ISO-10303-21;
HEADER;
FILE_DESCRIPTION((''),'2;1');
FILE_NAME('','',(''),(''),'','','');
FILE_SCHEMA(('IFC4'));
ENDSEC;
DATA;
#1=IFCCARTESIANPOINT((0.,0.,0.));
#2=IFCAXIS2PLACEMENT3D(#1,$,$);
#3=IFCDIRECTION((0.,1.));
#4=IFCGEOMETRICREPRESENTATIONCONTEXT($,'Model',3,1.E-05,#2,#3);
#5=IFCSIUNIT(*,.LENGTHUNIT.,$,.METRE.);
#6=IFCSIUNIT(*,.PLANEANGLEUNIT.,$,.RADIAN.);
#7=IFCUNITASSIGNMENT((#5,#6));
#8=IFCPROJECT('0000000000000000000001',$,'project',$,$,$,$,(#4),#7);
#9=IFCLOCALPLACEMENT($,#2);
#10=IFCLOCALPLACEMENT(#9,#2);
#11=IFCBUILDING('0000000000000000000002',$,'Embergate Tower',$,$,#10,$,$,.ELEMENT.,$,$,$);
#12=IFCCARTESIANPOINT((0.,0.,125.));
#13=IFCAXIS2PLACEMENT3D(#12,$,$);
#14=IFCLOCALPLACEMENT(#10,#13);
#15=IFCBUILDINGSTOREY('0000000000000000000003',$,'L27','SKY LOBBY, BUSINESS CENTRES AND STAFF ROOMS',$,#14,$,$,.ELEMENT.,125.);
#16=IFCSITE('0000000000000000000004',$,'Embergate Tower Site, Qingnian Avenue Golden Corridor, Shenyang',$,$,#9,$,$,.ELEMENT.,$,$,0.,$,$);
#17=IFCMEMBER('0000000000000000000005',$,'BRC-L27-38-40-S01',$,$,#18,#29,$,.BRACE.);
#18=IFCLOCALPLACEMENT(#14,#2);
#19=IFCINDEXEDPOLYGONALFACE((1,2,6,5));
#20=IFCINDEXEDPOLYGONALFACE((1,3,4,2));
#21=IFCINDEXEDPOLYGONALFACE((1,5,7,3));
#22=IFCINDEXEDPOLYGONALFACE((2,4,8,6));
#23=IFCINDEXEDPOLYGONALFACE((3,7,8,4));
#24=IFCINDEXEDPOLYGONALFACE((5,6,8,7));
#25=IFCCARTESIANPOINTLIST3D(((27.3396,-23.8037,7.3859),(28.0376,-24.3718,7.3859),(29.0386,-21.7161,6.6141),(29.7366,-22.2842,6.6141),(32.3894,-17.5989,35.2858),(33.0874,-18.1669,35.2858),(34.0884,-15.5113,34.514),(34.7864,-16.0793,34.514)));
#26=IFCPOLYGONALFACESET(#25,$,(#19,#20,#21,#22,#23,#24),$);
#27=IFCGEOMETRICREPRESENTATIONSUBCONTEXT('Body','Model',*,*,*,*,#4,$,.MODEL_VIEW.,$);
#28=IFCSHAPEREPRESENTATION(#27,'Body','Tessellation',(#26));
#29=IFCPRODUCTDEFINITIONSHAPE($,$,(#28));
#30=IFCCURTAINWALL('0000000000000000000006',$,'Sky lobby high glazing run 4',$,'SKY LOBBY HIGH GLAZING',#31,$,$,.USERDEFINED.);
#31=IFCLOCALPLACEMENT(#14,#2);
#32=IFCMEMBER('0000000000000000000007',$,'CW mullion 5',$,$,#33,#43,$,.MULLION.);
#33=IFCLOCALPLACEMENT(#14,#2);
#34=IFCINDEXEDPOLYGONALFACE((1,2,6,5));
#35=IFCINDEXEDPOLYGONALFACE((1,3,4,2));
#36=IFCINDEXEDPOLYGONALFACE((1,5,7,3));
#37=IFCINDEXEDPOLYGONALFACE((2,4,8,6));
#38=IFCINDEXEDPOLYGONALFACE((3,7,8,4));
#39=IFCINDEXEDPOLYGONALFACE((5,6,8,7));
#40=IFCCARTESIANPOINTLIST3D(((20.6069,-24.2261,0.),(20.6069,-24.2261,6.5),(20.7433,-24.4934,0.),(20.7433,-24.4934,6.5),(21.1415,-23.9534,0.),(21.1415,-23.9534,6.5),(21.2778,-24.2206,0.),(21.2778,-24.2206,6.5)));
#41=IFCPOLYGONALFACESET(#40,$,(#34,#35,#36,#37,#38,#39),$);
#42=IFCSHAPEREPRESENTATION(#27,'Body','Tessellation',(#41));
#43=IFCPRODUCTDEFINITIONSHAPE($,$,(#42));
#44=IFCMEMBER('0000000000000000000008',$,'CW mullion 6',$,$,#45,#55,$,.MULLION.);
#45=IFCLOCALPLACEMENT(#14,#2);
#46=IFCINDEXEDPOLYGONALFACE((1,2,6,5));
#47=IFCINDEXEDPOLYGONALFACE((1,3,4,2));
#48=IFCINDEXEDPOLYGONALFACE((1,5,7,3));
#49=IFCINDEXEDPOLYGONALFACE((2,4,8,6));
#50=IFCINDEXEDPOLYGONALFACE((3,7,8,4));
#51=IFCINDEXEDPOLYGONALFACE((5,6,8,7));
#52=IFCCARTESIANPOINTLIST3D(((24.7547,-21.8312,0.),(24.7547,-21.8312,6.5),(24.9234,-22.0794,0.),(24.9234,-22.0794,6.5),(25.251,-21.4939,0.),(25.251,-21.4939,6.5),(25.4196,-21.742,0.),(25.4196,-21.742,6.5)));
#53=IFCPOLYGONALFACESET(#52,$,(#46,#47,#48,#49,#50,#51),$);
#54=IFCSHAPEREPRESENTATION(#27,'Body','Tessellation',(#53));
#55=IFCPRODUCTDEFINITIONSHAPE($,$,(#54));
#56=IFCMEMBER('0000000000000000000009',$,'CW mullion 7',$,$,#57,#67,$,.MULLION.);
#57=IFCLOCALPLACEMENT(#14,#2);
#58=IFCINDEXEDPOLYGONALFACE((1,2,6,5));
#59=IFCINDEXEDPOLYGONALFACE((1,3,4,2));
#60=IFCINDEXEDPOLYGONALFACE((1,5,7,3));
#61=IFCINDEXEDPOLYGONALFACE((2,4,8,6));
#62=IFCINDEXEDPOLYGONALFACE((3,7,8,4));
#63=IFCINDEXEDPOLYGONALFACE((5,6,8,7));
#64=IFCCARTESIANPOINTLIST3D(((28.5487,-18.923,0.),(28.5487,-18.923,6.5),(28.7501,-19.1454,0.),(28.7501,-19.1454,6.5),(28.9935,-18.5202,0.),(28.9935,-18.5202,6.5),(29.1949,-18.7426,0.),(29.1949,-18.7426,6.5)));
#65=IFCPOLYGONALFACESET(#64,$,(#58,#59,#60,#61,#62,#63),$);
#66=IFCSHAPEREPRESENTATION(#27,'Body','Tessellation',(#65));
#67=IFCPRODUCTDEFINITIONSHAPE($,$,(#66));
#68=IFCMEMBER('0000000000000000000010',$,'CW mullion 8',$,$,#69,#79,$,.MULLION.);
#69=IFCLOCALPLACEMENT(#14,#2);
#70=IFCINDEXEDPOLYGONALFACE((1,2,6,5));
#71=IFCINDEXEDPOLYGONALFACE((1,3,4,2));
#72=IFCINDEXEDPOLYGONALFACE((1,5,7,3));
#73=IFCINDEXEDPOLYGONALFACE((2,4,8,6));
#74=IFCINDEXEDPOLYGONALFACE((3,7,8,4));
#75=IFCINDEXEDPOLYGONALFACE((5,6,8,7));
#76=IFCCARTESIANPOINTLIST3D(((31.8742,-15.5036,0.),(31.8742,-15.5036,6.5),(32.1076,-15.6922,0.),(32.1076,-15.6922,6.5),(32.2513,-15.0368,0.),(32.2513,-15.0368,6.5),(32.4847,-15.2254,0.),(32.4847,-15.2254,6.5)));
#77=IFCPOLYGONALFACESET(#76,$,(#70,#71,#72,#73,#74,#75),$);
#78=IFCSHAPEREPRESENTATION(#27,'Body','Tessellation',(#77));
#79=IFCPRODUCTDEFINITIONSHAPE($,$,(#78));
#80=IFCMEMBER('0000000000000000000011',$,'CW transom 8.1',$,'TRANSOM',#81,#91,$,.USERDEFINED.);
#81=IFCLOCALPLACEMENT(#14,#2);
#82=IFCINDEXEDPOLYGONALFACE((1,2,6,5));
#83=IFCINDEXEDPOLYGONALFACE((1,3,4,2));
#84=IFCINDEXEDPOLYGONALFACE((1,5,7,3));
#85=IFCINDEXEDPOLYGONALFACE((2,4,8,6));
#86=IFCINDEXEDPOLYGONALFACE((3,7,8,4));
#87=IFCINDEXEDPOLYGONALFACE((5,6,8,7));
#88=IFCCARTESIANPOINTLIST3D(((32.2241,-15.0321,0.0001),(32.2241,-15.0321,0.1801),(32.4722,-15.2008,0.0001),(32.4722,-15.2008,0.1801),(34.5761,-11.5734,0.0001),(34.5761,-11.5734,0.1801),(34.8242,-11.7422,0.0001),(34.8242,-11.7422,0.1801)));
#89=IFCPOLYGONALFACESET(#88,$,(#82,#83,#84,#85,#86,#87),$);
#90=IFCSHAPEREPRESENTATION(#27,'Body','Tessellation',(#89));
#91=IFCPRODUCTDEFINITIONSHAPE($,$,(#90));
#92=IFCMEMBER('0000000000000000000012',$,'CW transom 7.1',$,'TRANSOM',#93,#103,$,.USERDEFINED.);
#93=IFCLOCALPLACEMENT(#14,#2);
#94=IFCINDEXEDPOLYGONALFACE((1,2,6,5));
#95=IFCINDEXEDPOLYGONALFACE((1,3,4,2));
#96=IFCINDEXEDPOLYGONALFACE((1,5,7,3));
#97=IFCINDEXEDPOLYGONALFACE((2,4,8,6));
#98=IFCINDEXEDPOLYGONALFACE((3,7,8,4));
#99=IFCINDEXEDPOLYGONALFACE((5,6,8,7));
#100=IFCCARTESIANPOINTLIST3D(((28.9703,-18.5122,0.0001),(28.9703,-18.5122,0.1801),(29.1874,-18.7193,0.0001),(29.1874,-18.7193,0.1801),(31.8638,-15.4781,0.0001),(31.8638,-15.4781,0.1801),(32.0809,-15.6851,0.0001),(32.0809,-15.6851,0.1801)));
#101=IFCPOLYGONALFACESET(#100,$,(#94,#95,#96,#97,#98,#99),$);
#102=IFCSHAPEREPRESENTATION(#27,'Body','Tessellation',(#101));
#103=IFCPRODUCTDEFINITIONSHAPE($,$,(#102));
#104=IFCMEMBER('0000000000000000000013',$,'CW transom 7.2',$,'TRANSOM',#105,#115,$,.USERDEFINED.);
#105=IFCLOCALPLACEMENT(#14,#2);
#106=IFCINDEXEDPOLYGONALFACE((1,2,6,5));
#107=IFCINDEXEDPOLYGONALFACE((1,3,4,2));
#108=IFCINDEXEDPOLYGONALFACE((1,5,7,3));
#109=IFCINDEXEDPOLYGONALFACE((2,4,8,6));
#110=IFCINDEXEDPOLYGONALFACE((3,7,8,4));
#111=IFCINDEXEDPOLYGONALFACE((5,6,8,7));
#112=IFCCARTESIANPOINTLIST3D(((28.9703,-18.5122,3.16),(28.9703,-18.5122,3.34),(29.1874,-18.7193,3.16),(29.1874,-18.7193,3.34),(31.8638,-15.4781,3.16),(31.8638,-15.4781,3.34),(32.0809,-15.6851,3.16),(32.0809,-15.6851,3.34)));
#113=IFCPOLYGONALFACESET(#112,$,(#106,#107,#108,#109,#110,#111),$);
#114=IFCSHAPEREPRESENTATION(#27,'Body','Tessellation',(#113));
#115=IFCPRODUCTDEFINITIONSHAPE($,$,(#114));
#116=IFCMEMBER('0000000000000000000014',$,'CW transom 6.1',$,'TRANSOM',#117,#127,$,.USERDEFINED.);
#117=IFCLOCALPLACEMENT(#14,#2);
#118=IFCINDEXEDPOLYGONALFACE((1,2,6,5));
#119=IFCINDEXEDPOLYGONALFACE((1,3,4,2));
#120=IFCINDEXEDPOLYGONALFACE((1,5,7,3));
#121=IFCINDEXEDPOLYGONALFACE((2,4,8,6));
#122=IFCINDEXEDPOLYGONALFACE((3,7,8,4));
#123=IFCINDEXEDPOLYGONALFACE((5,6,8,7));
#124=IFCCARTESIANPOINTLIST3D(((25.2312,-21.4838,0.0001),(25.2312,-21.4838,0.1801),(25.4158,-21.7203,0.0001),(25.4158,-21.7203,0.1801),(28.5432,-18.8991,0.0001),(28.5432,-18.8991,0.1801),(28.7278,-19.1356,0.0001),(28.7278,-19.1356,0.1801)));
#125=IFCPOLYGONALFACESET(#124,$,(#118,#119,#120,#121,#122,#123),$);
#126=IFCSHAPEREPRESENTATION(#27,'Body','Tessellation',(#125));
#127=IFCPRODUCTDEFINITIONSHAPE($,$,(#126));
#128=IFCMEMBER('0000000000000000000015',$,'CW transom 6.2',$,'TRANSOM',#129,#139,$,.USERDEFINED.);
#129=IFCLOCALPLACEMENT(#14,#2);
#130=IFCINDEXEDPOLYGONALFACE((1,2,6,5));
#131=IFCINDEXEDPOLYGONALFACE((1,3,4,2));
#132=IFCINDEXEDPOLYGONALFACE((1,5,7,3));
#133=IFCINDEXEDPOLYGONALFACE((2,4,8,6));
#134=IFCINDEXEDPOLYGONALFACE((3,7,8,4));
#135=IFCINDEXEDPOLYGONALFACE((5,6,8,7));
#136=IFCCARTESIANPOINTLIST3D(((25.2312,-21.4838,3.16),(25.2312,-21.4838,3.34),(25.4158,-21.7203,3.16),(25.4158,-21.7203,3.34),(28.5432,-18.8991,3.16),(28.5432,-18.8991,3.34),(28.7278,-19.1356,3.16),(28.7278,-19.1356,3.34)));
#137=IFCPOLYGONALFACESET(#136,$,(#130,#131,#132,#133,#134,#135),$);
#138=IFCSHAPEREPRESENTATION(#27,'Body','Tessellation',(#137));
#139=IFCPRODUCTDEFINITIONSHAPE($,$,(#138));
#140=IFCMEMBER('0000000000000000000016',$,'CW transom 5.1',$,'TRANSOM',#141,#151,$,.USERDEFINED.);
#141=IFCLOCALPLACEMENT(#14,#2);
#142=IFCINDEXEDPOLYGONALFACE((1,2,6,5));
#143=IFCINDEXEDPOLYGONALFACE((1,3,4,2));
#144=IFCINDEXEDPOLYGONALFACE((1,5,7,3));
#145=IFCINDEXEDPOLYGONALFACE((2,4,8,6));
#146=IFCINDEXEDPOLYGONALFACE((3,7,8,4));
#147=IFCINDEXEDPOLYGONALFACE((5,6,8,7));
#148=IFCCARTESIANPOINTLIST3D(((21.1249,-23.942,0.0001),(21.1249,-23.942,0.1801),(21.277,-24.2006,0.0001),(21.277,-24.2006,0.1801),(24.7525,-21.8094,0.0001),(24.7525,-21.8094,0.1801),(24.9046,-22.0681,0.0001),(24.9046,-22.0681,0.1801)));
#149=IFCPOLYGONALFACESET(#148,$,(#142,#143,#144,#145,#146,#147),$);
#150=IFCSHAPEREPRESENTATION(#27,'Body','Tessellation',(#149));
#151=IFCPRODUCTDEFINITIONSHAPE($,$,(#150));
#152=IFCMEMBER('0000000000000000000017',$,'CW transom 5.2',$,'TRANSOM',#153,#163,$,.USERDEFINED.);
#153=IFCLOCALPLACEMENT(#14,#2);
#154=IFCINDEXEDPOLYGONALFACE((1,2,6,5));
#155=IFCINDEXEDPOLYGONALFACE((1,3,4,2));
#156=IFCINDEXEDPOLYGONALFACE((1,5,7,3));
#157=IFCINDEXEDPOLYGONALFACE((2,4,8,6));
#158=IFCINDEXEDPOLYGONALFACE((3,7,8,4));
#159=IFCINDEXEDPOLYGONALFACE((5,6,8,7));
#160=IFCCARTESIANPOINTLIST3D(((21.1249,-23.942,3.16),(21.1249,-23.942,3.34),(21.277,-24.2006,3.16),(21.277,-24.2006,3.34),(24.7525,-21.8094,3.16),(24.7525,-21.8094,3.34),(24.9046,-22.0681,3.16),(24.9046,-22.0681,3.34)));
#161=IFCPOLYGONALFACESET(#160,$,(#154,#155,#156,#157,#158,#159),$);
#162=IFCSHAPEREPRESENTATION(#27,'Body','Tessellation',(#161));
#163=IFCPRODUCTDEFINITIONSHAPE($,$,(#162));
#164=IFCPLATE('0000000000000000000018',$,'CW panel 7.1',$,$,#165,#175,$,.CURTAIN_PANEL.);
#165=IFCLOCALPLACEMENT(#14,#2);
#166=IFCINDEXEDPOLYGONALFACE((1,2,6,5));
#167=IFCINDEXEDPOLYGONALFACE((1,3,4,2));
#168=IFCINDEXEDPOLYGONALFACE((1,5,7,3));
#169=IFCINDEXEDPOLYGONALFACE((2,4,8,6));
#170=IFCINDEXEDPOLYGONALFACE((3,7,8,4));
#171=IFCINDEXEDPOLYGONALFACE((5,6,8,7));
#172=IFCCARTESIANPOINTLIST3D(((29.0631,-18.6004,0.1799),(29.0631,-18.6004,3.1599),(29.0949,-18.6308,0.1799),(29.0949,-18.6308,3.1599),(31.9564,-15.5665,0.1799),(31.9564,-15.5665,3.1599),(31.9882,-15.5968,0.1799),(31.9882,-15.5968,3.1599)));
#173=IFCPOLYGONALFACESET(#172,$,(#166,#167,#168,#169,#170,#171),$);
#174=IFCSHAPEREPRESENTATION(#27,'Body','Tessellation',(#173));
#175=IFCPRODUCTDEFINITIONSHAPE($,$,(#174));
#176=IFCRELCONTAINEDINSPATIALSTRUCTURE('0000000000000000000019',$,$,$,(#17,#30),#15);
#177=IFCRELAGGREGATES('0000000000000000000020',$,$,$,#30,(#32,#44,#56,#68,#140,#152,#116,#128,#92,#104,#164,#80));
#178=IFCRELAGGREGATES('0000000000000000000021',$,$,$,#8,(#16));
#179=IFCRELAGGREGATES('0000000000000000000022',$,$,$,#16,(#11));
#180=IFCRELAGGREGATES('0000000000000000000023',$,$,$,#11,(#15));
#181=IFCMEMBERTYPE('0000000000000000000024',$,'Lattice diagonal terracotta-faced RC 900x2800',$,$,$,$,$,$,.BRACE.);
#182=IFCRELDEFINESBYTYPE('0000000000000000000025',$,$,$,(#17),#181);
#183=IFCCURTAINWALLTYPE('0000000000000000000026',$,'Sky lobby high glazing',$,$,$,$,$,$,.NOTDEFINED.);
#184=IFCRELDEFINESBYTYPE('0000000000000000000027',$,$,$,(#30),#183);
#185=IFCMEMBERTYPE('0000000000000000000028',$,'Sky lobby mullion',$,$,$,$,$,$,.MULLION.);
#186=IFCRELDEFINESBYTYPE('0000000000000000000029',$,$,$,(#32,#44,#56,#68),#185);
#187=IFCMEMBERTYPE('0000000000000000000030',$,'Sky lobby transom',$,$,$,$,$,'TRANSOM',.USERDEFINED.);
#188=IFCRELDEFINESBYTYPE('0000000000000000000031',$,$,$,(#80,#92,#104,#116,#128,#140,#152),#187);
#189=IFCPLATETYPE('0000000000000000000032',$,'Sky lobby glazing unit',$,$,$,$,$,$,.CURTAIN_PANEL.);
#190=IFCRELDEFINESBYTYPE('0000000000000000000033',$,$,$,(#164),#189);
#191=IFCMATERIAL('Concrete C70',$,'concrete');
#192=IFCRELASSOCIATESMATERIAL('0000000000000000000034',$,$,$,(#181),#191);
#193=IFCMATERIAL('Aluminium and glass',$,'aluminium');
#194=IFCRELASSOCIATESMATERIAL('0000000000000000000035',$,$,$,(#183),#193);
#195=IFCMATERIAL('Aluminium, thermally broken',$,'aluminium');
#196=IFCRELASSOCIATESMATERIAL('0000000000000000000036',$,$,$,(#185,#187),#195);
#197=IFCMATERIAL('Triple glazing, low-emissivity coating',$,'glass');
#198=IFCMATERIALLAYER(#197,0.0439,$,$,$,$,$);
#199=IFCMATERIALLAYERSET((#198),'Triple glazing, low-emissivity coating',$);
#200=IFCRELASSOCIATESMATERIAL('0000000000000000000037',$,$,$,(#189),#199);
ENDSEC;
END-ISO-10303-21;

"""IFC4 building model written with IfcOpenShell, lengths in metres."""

from ifc_helpers import new_model, si_unit, direction, frame, origin, origin_2d, place, context, subcontext, project, spatial, rectangle, extrude, source, transform, mapped, material, layer, layer_set, material_profile, profile_set, type_object, element, aggregate, save


model = new_model("IFC4")

# Units and contexts
model_context = context("Model", 3, precision=1e-05, world=origin(), true_north=direction((0.0, 1.0)))
body_context = subcontext(model_context, "Body", "Model", "MODEL_VIEW")
ifc_project = project(units=[si_unit("LENGTHUNIT", "METRE"), si_unit("PLANEANGLEUNIT", "RADIAN")], contexts=[model_context])

# Site, building, storey
site_placement = place(None, origin())
site = spatial("IfcSite", under=ifc_project, at=site_placement, Name="Embergate Tower Site, Qingnian Avenue Golden Corridor, Shenyang", CompositionType="ELEMENT", RefElevation=0.0)
building_placement = place(site_placement, origin())
building = spatial("IfcBuilding", under=site, at=building_placement, Name="Embergate Tower", CompositionType="ELEMENT")
storey_placement = place(building_placement, frame((0.0, 0.0, 125.0)))
storey = spatial("IfcBuildingStorey", under=building, at=storey_placement, Name="L27", Description="SKY LOBBY, BUSINESS CENTRES AND STAFF ROOMS", CompositionType="ELEMENT", Elevation=125.0)

# Shared definitions
ifc_material_1 = material(Name="Concrete C70", Category="concrete")

# Member
ifc_material_profile_1 = material_profile(ifc_material_1, rectangle(XDim=0.8999, YDim=2.8, at=origin_2d()), Name="RC 900x2800")
ifc_profile_set_1 = profile_set([ifc_material_profile_1], Name="Concrete C70")
member_type_1 = type_object("IfcMemberType", Name="Lattice diagonal terracotta-faced RC 900x2800", PredefinedType="BRACE", material=ifc_profile_set_1)
shared_shape_1 = source(origin(), body_context, "Body", "SweptSolid", [
    extrude(rectangle(XDim=0.8999, YDim=2.8, at=origin_2d()), origin(), (0.0, 0.0, 1.0), 29.0242),
])
member_1_placement = place(storey_placement, frame((28.5381, -23.0439, 7.0), z_axis=(0.173986, 0.213781, 0.961263), x_axis=(-0.775601, 0.631223, 0.0)))
element("IfcMember", 1, at=member_1_placement, inside=storey, type_object=member_type_1, Name="BRC-L27-38-40-S01", PredefinedType="BRACE", context=body_context, shape_type="MappedRepresentation", body=[
    mapped(shared_shape_1, transform((0.0, 0.0, 0.0))),
])

# Curtain wall, members, plate
ifc_material_2 = material(Name="Aluminium and glass", Category="aluminium")
curtain_wall_type = type_object("IfcCurtainWallType", Name="Sky lobby high glazing", PredefinedType="NOTDEFINED", material=ifc_material_2)
curtain_wall_placement = place(storey_placement, origin())
curtain_wall = element("IfcCurtainWall", 2, at=curtain_wall_placement, inside=storey, type_object=curtain_wall_type, Name="Sky lobby high glazing run 4", ObjectType="SKY LOBBY HIGH GLAZING", PredefinedType="USERDEFINED")
ifc_material_3 = material(Name="Aluminium, thermally broken", Category="aluminium")
ifc_material_profile_2 = material_profile(ifc_material_3, rectangle(XDim=0.3, YDim=0.6001, at=origin_2d()), Name="AL 600x300")
ifc_profile_set_2 = profile_set([ifc_material_profile_2], Name="Aluminium, thermally broken")
member_type_2 = type_object("IfcMemberType", Name="Sky lobby mullion", PredefinedType="MULLION", material=ifc_profile_set_2)
shared_shape_2 = source(origin(), body_context, "Body", "SweptSolid", [
    extrude(rectangle(XDim=0.3, YDim=0.6001, at=origin_2d()), origin(), (0.0, 0.0, 1.0), 6.5),
])
member_2_placement = place(storey_placement, frame((20.9424, -24.2234, 0.0), z_axis=(0.0, 0.0, 1.0), x_axis=(-0.454505, 0.890744, 0.0)))
member_2 = element("IfcMember", 3, at=member_2_placement, type_object=member_type_2, Name="CW mullion 5", PredefinedType="MULLION", context=body_context, shape_type="MappedRepresentation", body=[
    mapped(shared_shape_2, transform((0.0, 0.0, 0.0))),
])
member_3_placement = place(storey_placement, frame((25.0872, -21.7866, 0.0), z_axis=(0.0, 0.0, 1.0), x_axis=(-0.562209, 0.826995, 0.0)))
member_3 = element("IfcMember", 4, at=member_3_placement, type_object=member_type_2, Name="CW mullion 6", PredefinedType="MULLION", context=body_context, shape_type="MappedRepresentation", body=[
    mapped(shared_shape_2, transform((0.0, 0.0, 0.0))),
])
member_4_placement = place(storey_placement, frame((28.8718, -18.8328, 0.0), z_axis=(0.0, 0.0, 1.0), x_axis=(-0.671219, 0.741259, 0.0)))
member_4 = element("IfcMember", 5, at=member_4_placement, type_object=member_type_2, Name="CW mullion 7", PredefinedType="MULLION", context=body_context, shape_type="MappedRepresentation", body=[
    mapped(shared_shape_2, transform((0.0, 0.0, 0.0))),
])
member_5_placement = place(storey_placement, frame((32.1794, -15.3645, 0.0), z_axis=(0.0, 0.0, 1.0), x_axis=(-0.777864, 0.628433, 0.0)))
member_5 = element("IfcMember", 6, at=member_5_placement, type_object=member_type_2, Name="CW mullion 8", PredefinedType="MULLION", context=body_context, shape_type="MappedRepresentation", body=[
    mapped(shared_shape_2, transform((0.0, 0.0, 0.0))),
])
ifc_material_profile_3 = material_profile(ifc_material_3, rectangle(XDim=0.3, YDim=0.1799, at=origin_2d()), Name="AL 180x300")
ifc_profile_set_3 = profile_set([ifc_material_profile_3], Name="Aluminium, thermally broken")
member_type_3 = type_object("IfcMemberType", Name="Sky lobby transom", ElementType="TRANSOM", PredefinedType="USERDEFINED", material=ifc_profile_set_3)
shared_shape_3 = source(origin(), body_context, "Body", "SweptSolid", [
    extrude(rectangle(XDim=0.3, YDim=0.1799, at=origin_2d()), origin(), (0.0, 0.0, 1.0), 4.1826),
])
member_6_placement = place(storey_placement, frame((32.3481, -15.1165, 0.0901), z_axis=(0.562328, 0.826915, 0.0), x_axis=(-0.826915, 0.562328, 0.0)))
member_6 = element("IfcMember", 7, at=member_6_placement, type_object=member_type_3, Name="CW transom 8.1", ObjectType="TRANSOM", PredefinedType="USERDEFINED", context=body_context, shape_type="MappedRepresentation", body=[
    mapped(shared_shape_3, transform((0.0, 0.0, 0.0))),
])
shared_shape_4 = source(origin(), body_context, "Body", "SweptSolid", [
    extrude(rectangle(XDim=0.3, YDim=0.1799, at=origin_2d()), origin(), (0.0, 0.0, 1.0), 4.1926),
])
member_7_placement = place(storey_placement, frame((29.0789, -18.6157, 0.0901), z_axis=(0.690138, 0.723678, 0.0), x_axis=(-0.723678, 0.690138, 0.0)))
member_7 = element("IfcMember", 8, at=member_7_placement, type_object=member_type_3, Name="CW transom 7.1", ObjectType="TRANSOM", PredefinedType="USERDEFINED", context=body_context, shape_type="MappedRepresentation", body=[
    mapped(shared_shape_4, transform((0.0, 0.0, 0.0))),
])
member_8_placement = place(storey_placement, frame((29.0789, -18.6157, 3.25), z_axis=(0.690138, 0.723678, 0.0), x_axis=(-0.723678, 0.690138, 0.0)))
member_8 = element("IfcMember", 9, at=member_8_placement, type_object=member_type_3, Name="CW transom 7.2", ObjectType="TRANSOM", PredefinedType="USERDEFINED", context=body_context, shape_type="MappedRepresentation", body=[
    mapped(shared_shape_4, transform((0.0, 0.0, 0.0))),
])
shared_shape_5 = source(origin(), body_context, "Body", "SweptSolid", [
    extrude(rectangle(XDim=0.3, YDim=0.1799, at=origin_2d()), origin(), (0.0, 0.0, 1.0), 4.2012),
])
member_9_placement = place(storey_placement, frame((25.3235, -21.6021, 0.0901), z_axis=(0.788347, 0.615231, 0.0), x_axis=(-0.615231, 0.788347, 0.0)))
member_9 = element("IfcMember", 10, at=member_9_placement, type_object=member_type_3, Name="CW transom 6.1", ObjectType="TRANSOM", PredefinedType="USERDEFINED", context=body_context, shape_type="MappedRepresentation", body=[
    mapped(shared_shape_5, transform((0.0, 0.0, 0.0))),
])
member_10_placement = place(storey_placement, frame((25.3235, -21.6021, 3.25), z_axis=(0.788347, 0.615231, 0.0), x_axis=(-0.615231, 0.788347, 0.0)))
member_10 = element("IfcMember", 11, at=member_10_placement, type_object=member_type_3, Name="CW transom 6.2", ObjectType="TRANSOM", PredefinedType="USERDEFINED", context=body_context, shape_type="MappedRepresentation", body=[
    mapped(shared_shape_5, transform((0.0, 0.0, 0.0))),
])
shared_shape_6 = source(origin(), body_context, "Body", "SweptSolid", [
    extrude(rectangle(XDim=0.3, YDim=0.1799, at=origin_2d()), origin(), (0.0, 0.0, 1.0), 4.208),
])
member_11_placement = place(storey_placement, frame((21.2009, -24.0713, 0.0901), z_axis=(0.862076, 0.506779, 0.0), x_axis=(-0.506779, 0.862076, 0.0)))
member_11 = element("IfcMember", 12, at=member_11_placement, type_object=member_type_3, Name="CW transom 5.1", ObjectType="TRANSOM", PredefinedType="USERDEFINED", context=body_context, shape_type="MappedRepresentation", body=[
    mapped(shared_shape_6, transform((0.0, 0.0, 0.0))),
])
member_12_placement = place(storey_placement, frame((21.2009, -24.0713, 3.25), z_axis=(0.862076, 0.506779, 0.0), x_axis=(-0.506779, 0.862076, 0.0)))
member_12 = element("IfcMember", 13, at=member_12_placement, type_object=member_type_3, Name="CW transom 5.2", ObjectType="TRANSOM", PredefinedType="USERDEFINED", context=body_context, shape_type="MappedRepresentation", body=[
    mapped(shared_shape_6, transform((0.0, 0.0, 0.0))),
])
ifc_material_4 = material(Name="Triple glazing, low-emissivity coating", Category="glass")
ifc_layer_1 = layer(ifc_material_4, 0.0439)
ifc_layer_set_1 = layer_set([ifc_layer_1], Name="Triple glazing, low-emissivity coating")
plate_type = type_object("IfcPlateType", Name="Sky lobby glazing unit", PredefinedType="CURTAIN_PANEL", material=ifc_layer_set_1)
shared_shape_7 = source(origin(), body_context, "Body", "SweptSolid", [
    extrude(rectangle(XDim=4.1924, YDim=0.0439, at=origin_2d()), origin(), (0.0, 0.0, 1.0), 2.98),
])
plate_1_placement = place(storey_placement, frame((30.5256, -17.0986, 0.1799), z_axis=(0.0, 0.0, 1.0), x_axis=(0.690139, 0.723677, 0.0)))
plate_1 = element("IfcPlate", 14, at=plate_1_placement, type_object=plate_type, Name="CW panel 7.1", PredefinedType="CURTAIN_PANEL", context=body_context, shape_type="MappedRepresentation", body=[
    mapped(shared_shape_7, transform((0.0, 0.0, 0.0))),
])
aggregate(curtain_wall, [member_2, member_3, member_4, member_5, member_11, member_12, member_9, member_10, member_7, member_8, plate_1, member_6])

save(model, "model.ifc")
